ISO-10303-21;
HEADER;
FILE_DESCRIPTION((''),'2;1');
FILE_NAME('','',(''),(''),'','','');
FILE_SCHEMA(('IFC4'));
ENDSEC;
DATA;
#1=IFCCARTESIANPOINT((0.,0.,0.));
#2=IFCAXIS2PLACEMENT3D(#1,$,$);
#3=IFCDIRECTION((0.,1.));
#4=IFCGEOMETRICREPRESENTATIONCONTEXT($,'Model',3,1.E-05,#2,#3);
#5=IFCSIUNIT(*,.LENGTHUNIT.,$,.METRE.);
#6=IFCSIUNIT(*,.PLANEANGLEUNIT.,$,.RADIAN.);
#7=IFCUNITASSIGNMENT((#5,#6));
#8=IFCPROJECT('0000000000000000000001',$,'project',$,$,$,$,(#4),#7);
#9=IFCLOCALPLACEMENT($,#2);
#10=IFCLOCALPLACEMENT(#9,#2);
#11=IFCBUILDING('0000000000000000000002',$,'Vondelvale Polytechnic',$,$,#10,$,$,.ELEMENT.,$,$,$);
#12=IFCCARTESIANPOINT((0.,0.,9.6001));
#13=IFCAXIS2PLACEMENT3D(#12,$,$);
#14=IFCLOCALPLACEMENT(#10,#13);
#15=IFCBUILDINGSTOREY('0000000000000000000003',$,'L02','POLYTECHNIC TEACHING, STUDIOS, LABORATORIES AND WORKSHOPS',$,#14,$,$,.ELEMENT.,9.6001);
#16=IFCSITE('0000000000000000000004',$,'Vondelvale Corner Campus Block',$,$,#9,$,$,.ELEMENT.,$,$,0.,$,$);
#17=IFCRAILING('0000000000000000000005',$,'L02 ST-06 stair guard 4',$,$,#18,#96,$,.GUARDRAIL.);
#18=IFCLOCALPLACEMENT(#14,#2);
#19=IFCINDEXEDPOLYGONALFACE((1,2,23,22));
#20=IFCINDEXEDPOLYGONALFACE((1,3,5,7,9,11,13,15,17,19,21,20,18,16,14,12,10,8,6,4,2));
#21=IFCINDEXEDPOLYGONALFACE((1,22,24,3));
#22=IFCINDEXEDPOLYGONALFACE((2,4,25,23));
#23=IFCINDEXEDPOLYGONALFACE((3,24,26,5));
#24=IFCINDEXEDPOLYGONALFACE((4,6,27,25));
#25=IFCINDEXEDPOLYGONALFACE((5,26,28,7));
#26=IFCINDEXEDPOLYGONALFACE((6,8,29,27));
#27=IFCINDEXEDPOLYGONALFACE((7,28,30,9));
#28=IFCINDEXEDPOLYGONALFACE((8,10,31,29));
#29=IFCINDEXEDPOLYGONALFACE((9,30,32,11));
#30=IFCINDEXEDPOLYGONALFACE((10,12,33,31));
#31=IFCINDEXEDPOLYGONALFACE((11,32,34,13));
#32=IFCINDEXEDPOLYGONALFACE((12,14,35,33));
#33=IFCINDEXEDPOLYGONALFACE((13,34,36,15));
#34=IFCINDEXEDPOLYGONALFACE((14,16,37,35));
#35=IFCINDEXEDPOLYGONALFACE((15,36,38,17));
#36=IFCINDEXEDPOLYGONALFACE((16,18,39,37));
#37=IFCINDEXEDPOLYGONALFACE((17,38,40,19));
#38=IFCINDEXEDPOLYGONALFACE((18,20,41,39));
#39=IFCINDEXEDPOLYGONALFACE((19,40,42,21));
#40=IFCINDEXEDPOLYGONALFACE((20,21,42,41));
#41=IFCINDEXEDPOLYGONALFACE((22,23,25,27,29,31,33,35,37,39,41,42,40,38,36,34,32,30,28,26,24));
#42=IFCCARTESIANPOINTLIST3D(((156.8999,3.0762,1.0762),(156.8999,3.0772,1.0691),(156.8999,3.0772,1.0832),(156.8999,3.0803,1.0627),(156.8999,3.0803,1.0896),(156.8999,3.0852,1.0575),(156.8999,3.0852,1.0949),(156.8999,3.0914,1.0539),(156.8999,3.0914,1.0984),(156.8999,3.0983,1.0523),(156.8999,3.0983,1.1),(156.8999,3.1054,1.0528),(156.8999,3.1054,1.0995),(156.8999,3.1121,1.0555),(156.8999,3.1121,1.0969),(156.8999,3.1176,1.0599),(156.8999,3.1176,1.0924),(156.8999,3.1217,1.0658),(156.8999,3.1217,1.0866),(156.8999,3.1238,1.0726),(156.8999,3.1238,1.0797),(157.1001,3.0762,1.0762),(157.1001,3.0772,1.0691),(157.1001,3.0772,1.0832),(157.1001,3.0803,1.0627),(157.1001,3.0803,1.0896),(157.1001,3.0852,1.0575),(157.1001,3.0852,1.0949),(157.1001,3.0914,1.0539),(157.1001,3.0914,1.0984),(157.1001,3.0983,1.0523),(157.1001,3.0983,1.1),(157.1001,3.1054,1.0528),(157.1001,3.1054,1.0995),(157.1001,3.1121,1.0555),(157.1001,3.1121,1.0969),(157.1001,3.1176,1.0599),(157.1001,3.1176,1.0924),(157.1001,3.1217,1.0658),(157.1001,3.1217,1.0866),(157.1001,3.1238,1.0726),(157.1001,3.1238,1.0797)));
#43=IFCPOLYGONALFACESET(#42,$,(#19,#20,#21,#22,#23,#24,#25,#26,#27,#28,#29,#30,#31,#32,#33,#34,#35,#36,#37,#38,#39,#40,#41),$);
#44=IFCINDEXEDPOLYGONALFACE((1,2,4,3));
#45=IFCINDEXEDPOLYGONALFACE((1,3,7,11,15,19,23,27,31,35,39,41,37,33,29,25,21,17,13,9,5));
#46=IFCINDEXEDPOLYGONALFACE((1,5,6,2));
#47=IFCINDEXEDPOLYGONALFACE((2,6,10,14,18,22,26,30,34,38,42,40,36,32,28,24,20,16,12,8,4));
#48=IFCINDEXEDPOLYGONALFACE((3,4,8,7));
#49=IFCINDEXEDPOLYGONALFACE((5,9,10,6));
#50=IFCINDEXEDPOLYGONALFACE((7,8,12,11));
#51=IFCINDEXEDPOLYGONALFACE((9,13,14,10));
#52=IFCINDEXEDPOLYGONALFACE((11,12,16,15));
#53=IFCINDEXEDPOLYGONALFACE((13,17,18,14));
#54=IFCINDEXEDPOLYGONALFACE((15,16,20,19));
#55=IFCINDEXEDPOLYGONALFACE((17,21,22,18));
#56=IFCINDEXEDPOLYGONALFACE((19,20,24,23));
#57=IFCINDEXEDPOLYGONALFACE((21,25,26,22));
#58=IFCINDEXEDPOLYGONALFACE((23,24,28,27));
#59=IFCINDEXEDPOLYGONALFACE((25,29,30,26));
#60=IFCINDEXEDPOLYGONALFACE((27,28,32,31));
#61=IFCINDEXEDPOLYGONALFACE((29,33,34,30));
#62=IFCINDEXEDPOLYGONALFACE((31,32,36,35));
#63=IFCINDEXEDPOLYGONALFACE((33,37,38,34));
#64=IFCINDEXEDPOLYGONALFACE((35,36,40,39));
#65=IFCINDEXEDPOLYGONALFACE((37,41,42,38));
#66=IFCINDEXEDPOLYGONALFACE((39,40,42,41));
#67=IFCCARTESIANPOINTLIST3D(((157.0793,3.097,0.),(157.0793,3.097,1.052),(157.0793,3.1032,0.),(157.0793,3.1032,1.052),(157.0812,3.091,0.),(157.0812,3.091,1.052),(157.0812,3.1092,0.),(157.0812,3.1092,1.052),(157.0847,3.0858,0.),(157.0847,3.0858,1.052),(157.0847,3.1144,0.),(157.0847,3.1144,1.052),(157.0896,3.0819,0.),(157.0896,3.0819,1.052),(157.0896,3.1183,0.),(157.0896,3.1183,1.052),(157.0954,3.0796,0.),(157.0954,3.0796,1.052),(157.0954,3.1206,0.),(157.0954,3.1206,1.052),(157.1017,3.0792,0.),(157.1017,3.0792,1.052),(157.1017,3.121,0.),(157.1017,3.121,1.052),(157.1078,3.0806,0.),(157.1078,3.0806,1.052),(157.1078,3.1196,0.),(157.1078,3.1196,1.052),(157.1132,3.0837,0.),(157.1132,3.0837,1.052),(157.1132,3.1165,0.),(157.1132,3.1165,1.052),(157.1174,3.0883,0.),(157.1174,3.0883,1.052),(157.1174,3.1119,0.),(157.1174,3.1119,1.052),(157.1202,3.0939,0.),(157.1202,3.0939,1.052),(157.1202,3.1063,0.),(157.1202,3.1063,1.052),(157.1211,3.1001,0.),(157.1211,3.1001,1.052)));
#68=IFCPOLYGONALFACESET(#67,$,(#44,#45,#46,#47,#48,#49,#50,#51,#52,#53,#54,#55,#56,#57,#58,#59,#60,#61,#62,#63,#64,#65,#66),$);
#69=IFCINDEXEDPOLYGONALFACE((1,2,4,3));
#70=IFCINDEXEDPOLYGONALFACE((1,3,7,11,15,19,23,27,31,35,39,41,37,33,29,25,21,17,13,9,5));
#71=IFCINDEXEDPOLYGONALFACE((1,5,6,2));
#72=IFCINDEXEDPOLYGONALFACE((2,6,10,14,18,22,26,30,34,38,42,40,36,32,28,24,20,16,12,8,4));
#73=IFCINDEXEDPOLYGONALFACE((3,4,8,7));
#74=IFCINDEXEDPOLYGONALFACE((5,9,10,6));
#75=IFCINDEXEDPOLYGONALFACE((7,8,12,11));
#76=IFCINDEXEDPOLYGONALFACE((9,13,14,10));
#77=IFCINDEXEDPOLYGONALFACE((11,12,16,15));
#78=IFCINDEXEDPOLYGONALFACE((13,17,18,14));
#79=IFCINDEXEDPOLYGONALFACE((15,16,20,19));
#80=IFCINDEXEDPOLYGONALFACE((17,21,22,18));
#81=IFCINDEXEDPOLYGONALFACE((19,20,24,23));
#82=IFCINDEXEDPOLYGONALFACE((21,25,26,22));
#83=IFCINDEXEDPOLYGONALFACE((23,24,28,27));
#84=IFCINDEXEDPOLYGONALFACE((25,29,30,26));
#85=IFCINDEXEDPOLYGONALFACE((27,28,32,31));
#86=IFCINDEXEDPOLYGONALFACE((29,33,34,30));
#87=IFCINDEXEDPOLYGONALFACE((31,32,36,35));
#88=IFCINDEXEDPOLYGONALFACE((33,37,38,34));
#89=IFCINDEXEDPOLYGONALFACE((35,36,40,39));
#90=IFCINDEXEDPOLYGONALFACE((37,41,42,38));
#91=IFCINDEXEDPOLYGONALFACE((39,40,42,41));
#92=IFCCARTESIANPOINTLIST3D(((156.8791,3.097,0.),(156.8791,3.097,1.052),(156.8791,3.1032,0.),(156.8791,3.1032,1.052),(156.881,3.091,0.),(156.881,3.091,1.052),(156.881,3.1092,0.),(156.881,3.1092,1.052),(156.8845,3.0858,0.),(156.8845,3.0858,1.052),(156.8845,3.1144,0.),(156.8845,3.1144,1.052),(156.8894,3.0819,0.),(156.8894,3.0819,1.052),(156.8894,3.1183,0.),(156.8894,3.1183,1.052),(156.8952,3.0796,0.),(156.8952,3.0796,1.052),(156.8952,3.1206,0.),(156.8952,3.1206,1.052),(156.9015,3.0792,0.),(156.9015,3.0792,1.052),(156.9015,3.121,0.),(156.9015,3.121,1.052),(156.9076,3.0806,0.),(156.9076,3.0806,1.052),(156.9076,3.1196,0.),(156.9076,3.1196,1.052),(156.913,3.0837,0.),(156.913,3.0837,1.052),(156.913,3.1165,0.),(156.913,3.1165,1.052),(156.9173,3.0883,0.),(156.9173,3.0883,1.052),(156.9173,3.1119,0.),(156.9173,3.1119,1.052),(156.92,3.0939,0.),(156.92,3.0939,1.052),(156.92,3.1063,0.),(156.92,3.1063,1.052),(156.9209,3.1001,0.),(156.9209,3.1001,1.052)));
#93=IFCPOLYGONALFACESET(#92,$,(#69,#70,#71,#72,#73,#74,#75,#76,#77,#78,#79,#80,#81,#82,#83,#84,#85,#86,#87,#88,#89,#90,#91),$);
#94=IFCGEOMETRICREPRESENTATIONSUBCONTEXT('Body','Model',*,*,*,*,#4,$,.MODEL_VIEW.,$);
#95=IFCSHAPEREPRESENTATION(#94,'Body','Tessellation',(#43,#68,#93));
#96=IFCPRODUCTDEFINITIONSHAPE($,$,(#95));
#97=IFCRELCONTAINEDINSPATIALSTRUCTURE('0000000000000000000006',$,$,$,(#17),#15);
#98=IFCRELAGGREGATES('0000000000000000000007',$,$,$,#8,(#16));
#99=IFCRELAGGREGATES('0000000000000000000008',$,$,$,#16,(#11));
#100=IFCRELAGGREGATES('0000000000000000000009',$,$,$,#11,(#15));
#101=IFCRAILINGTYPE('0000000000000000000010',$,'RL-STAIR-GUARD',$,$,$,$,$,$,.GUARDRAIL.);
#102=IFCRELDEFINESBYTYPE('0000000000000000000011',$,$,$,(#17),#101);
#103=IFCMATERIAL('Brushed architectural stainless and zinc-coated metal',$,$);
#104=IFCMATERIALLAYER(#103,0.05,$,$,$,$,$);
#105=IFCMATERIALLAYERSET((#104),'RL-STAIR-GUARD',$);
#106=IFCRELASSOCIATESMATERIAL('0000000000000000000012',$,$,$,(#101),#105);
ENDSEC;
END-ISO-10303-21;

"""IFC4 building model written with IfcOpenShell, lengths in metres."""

from ifc_helpers import new_model, si_unit, direction, frame, origin, origin_2d, place, context, subcontext, project, spatial, circle, extrude, material, layer, layer_set, type_object, element, save


model = new_model("IFC4")

# Units and contexts
model_context = context("Model", 3, precision=1e-05, world=origin(), true_north=direction((0.0, 1.0)))
body_context = subcontext(model_context, "Body", "Model", "MODEL_VIEW")
ifc_project = project(units=[si_unit("LENGTHUNIT", "METRE"), si_unit("PLANEANGLEUNIT", "RADIAN")], contexts=[model_context])

# Site, building, storey
site_placement = place(None, origin())
site = spatial("IfcSite", under=ifc_project, at=site_placement, Name="Vondelvale Corner Campus Block", CompositionType="ELEMENT", RefElevation=0.0)
building_placement = place(site_placement, origin())
building = spatial("IfcBuilding", under=site, at=building_placement, Name="Vondelvale Polytechnic", CompositionType="ELEMENT")
storey_placement = place(building_placement, frame((0.0, 0.0, 9.6001)))
storey = spatial("IfcBuildingStorey", under=building, at=storey_placement, Name="L02", Description="POLYTECHNIC TEACHING, STUDIOS, LABORATORIES AND WORKSHOPS", CompositionType="ELEMENT", Elevation=9.6001)

# Railing
ifc_material_1 = material(Name="Brushed architectural stainless and zinc-coated metal")
ifc_layer_1 = layer(ifc_material_1, 0.05)
ifc_layer_set_1 = layer_set([ifc_layer_1], Name="RL-STAIR-GUARD")
railing_type_1 = type_object("IfcRailingType", Name="RL-STAIR-GUARD", PredefinedType="GUARDRAIL", material=ifc_layer_set_1)
railing_1_placement = place(storey_placement, frame((157.1001, 3.1001, 0.0)))
element("IfcRailing", 1, at=railing_1_placement, inside=storey, type_object=railing_type_1, Name="L02 ST-06 stair guard 4", PredefinedType="GUARDRAIL", context=body_context, shape_type="SweptSolid", body=[
    extrude(circle(Radius=0.0239, at=origin_2d()), frame((0.0, 0.0, 1.0762), z_axis=(-1.0, 0.0, 0.0), x_axis=(0.0, -1.0, 0.0)), (0.0, 0.0, 1.0), 0.2002),
    extrude(circle(Radius=0.021, at=origin_2d()), origin(), (0.0, 0.0, 1.0), 1.052),
    extrude(circle(Radius=0.021, at=origin_2d()), frame((-0.2002, 0.0, 0.0)), (0.0, 0.0, 1.0), 1.052),
])

save(model, "model.ifc")
